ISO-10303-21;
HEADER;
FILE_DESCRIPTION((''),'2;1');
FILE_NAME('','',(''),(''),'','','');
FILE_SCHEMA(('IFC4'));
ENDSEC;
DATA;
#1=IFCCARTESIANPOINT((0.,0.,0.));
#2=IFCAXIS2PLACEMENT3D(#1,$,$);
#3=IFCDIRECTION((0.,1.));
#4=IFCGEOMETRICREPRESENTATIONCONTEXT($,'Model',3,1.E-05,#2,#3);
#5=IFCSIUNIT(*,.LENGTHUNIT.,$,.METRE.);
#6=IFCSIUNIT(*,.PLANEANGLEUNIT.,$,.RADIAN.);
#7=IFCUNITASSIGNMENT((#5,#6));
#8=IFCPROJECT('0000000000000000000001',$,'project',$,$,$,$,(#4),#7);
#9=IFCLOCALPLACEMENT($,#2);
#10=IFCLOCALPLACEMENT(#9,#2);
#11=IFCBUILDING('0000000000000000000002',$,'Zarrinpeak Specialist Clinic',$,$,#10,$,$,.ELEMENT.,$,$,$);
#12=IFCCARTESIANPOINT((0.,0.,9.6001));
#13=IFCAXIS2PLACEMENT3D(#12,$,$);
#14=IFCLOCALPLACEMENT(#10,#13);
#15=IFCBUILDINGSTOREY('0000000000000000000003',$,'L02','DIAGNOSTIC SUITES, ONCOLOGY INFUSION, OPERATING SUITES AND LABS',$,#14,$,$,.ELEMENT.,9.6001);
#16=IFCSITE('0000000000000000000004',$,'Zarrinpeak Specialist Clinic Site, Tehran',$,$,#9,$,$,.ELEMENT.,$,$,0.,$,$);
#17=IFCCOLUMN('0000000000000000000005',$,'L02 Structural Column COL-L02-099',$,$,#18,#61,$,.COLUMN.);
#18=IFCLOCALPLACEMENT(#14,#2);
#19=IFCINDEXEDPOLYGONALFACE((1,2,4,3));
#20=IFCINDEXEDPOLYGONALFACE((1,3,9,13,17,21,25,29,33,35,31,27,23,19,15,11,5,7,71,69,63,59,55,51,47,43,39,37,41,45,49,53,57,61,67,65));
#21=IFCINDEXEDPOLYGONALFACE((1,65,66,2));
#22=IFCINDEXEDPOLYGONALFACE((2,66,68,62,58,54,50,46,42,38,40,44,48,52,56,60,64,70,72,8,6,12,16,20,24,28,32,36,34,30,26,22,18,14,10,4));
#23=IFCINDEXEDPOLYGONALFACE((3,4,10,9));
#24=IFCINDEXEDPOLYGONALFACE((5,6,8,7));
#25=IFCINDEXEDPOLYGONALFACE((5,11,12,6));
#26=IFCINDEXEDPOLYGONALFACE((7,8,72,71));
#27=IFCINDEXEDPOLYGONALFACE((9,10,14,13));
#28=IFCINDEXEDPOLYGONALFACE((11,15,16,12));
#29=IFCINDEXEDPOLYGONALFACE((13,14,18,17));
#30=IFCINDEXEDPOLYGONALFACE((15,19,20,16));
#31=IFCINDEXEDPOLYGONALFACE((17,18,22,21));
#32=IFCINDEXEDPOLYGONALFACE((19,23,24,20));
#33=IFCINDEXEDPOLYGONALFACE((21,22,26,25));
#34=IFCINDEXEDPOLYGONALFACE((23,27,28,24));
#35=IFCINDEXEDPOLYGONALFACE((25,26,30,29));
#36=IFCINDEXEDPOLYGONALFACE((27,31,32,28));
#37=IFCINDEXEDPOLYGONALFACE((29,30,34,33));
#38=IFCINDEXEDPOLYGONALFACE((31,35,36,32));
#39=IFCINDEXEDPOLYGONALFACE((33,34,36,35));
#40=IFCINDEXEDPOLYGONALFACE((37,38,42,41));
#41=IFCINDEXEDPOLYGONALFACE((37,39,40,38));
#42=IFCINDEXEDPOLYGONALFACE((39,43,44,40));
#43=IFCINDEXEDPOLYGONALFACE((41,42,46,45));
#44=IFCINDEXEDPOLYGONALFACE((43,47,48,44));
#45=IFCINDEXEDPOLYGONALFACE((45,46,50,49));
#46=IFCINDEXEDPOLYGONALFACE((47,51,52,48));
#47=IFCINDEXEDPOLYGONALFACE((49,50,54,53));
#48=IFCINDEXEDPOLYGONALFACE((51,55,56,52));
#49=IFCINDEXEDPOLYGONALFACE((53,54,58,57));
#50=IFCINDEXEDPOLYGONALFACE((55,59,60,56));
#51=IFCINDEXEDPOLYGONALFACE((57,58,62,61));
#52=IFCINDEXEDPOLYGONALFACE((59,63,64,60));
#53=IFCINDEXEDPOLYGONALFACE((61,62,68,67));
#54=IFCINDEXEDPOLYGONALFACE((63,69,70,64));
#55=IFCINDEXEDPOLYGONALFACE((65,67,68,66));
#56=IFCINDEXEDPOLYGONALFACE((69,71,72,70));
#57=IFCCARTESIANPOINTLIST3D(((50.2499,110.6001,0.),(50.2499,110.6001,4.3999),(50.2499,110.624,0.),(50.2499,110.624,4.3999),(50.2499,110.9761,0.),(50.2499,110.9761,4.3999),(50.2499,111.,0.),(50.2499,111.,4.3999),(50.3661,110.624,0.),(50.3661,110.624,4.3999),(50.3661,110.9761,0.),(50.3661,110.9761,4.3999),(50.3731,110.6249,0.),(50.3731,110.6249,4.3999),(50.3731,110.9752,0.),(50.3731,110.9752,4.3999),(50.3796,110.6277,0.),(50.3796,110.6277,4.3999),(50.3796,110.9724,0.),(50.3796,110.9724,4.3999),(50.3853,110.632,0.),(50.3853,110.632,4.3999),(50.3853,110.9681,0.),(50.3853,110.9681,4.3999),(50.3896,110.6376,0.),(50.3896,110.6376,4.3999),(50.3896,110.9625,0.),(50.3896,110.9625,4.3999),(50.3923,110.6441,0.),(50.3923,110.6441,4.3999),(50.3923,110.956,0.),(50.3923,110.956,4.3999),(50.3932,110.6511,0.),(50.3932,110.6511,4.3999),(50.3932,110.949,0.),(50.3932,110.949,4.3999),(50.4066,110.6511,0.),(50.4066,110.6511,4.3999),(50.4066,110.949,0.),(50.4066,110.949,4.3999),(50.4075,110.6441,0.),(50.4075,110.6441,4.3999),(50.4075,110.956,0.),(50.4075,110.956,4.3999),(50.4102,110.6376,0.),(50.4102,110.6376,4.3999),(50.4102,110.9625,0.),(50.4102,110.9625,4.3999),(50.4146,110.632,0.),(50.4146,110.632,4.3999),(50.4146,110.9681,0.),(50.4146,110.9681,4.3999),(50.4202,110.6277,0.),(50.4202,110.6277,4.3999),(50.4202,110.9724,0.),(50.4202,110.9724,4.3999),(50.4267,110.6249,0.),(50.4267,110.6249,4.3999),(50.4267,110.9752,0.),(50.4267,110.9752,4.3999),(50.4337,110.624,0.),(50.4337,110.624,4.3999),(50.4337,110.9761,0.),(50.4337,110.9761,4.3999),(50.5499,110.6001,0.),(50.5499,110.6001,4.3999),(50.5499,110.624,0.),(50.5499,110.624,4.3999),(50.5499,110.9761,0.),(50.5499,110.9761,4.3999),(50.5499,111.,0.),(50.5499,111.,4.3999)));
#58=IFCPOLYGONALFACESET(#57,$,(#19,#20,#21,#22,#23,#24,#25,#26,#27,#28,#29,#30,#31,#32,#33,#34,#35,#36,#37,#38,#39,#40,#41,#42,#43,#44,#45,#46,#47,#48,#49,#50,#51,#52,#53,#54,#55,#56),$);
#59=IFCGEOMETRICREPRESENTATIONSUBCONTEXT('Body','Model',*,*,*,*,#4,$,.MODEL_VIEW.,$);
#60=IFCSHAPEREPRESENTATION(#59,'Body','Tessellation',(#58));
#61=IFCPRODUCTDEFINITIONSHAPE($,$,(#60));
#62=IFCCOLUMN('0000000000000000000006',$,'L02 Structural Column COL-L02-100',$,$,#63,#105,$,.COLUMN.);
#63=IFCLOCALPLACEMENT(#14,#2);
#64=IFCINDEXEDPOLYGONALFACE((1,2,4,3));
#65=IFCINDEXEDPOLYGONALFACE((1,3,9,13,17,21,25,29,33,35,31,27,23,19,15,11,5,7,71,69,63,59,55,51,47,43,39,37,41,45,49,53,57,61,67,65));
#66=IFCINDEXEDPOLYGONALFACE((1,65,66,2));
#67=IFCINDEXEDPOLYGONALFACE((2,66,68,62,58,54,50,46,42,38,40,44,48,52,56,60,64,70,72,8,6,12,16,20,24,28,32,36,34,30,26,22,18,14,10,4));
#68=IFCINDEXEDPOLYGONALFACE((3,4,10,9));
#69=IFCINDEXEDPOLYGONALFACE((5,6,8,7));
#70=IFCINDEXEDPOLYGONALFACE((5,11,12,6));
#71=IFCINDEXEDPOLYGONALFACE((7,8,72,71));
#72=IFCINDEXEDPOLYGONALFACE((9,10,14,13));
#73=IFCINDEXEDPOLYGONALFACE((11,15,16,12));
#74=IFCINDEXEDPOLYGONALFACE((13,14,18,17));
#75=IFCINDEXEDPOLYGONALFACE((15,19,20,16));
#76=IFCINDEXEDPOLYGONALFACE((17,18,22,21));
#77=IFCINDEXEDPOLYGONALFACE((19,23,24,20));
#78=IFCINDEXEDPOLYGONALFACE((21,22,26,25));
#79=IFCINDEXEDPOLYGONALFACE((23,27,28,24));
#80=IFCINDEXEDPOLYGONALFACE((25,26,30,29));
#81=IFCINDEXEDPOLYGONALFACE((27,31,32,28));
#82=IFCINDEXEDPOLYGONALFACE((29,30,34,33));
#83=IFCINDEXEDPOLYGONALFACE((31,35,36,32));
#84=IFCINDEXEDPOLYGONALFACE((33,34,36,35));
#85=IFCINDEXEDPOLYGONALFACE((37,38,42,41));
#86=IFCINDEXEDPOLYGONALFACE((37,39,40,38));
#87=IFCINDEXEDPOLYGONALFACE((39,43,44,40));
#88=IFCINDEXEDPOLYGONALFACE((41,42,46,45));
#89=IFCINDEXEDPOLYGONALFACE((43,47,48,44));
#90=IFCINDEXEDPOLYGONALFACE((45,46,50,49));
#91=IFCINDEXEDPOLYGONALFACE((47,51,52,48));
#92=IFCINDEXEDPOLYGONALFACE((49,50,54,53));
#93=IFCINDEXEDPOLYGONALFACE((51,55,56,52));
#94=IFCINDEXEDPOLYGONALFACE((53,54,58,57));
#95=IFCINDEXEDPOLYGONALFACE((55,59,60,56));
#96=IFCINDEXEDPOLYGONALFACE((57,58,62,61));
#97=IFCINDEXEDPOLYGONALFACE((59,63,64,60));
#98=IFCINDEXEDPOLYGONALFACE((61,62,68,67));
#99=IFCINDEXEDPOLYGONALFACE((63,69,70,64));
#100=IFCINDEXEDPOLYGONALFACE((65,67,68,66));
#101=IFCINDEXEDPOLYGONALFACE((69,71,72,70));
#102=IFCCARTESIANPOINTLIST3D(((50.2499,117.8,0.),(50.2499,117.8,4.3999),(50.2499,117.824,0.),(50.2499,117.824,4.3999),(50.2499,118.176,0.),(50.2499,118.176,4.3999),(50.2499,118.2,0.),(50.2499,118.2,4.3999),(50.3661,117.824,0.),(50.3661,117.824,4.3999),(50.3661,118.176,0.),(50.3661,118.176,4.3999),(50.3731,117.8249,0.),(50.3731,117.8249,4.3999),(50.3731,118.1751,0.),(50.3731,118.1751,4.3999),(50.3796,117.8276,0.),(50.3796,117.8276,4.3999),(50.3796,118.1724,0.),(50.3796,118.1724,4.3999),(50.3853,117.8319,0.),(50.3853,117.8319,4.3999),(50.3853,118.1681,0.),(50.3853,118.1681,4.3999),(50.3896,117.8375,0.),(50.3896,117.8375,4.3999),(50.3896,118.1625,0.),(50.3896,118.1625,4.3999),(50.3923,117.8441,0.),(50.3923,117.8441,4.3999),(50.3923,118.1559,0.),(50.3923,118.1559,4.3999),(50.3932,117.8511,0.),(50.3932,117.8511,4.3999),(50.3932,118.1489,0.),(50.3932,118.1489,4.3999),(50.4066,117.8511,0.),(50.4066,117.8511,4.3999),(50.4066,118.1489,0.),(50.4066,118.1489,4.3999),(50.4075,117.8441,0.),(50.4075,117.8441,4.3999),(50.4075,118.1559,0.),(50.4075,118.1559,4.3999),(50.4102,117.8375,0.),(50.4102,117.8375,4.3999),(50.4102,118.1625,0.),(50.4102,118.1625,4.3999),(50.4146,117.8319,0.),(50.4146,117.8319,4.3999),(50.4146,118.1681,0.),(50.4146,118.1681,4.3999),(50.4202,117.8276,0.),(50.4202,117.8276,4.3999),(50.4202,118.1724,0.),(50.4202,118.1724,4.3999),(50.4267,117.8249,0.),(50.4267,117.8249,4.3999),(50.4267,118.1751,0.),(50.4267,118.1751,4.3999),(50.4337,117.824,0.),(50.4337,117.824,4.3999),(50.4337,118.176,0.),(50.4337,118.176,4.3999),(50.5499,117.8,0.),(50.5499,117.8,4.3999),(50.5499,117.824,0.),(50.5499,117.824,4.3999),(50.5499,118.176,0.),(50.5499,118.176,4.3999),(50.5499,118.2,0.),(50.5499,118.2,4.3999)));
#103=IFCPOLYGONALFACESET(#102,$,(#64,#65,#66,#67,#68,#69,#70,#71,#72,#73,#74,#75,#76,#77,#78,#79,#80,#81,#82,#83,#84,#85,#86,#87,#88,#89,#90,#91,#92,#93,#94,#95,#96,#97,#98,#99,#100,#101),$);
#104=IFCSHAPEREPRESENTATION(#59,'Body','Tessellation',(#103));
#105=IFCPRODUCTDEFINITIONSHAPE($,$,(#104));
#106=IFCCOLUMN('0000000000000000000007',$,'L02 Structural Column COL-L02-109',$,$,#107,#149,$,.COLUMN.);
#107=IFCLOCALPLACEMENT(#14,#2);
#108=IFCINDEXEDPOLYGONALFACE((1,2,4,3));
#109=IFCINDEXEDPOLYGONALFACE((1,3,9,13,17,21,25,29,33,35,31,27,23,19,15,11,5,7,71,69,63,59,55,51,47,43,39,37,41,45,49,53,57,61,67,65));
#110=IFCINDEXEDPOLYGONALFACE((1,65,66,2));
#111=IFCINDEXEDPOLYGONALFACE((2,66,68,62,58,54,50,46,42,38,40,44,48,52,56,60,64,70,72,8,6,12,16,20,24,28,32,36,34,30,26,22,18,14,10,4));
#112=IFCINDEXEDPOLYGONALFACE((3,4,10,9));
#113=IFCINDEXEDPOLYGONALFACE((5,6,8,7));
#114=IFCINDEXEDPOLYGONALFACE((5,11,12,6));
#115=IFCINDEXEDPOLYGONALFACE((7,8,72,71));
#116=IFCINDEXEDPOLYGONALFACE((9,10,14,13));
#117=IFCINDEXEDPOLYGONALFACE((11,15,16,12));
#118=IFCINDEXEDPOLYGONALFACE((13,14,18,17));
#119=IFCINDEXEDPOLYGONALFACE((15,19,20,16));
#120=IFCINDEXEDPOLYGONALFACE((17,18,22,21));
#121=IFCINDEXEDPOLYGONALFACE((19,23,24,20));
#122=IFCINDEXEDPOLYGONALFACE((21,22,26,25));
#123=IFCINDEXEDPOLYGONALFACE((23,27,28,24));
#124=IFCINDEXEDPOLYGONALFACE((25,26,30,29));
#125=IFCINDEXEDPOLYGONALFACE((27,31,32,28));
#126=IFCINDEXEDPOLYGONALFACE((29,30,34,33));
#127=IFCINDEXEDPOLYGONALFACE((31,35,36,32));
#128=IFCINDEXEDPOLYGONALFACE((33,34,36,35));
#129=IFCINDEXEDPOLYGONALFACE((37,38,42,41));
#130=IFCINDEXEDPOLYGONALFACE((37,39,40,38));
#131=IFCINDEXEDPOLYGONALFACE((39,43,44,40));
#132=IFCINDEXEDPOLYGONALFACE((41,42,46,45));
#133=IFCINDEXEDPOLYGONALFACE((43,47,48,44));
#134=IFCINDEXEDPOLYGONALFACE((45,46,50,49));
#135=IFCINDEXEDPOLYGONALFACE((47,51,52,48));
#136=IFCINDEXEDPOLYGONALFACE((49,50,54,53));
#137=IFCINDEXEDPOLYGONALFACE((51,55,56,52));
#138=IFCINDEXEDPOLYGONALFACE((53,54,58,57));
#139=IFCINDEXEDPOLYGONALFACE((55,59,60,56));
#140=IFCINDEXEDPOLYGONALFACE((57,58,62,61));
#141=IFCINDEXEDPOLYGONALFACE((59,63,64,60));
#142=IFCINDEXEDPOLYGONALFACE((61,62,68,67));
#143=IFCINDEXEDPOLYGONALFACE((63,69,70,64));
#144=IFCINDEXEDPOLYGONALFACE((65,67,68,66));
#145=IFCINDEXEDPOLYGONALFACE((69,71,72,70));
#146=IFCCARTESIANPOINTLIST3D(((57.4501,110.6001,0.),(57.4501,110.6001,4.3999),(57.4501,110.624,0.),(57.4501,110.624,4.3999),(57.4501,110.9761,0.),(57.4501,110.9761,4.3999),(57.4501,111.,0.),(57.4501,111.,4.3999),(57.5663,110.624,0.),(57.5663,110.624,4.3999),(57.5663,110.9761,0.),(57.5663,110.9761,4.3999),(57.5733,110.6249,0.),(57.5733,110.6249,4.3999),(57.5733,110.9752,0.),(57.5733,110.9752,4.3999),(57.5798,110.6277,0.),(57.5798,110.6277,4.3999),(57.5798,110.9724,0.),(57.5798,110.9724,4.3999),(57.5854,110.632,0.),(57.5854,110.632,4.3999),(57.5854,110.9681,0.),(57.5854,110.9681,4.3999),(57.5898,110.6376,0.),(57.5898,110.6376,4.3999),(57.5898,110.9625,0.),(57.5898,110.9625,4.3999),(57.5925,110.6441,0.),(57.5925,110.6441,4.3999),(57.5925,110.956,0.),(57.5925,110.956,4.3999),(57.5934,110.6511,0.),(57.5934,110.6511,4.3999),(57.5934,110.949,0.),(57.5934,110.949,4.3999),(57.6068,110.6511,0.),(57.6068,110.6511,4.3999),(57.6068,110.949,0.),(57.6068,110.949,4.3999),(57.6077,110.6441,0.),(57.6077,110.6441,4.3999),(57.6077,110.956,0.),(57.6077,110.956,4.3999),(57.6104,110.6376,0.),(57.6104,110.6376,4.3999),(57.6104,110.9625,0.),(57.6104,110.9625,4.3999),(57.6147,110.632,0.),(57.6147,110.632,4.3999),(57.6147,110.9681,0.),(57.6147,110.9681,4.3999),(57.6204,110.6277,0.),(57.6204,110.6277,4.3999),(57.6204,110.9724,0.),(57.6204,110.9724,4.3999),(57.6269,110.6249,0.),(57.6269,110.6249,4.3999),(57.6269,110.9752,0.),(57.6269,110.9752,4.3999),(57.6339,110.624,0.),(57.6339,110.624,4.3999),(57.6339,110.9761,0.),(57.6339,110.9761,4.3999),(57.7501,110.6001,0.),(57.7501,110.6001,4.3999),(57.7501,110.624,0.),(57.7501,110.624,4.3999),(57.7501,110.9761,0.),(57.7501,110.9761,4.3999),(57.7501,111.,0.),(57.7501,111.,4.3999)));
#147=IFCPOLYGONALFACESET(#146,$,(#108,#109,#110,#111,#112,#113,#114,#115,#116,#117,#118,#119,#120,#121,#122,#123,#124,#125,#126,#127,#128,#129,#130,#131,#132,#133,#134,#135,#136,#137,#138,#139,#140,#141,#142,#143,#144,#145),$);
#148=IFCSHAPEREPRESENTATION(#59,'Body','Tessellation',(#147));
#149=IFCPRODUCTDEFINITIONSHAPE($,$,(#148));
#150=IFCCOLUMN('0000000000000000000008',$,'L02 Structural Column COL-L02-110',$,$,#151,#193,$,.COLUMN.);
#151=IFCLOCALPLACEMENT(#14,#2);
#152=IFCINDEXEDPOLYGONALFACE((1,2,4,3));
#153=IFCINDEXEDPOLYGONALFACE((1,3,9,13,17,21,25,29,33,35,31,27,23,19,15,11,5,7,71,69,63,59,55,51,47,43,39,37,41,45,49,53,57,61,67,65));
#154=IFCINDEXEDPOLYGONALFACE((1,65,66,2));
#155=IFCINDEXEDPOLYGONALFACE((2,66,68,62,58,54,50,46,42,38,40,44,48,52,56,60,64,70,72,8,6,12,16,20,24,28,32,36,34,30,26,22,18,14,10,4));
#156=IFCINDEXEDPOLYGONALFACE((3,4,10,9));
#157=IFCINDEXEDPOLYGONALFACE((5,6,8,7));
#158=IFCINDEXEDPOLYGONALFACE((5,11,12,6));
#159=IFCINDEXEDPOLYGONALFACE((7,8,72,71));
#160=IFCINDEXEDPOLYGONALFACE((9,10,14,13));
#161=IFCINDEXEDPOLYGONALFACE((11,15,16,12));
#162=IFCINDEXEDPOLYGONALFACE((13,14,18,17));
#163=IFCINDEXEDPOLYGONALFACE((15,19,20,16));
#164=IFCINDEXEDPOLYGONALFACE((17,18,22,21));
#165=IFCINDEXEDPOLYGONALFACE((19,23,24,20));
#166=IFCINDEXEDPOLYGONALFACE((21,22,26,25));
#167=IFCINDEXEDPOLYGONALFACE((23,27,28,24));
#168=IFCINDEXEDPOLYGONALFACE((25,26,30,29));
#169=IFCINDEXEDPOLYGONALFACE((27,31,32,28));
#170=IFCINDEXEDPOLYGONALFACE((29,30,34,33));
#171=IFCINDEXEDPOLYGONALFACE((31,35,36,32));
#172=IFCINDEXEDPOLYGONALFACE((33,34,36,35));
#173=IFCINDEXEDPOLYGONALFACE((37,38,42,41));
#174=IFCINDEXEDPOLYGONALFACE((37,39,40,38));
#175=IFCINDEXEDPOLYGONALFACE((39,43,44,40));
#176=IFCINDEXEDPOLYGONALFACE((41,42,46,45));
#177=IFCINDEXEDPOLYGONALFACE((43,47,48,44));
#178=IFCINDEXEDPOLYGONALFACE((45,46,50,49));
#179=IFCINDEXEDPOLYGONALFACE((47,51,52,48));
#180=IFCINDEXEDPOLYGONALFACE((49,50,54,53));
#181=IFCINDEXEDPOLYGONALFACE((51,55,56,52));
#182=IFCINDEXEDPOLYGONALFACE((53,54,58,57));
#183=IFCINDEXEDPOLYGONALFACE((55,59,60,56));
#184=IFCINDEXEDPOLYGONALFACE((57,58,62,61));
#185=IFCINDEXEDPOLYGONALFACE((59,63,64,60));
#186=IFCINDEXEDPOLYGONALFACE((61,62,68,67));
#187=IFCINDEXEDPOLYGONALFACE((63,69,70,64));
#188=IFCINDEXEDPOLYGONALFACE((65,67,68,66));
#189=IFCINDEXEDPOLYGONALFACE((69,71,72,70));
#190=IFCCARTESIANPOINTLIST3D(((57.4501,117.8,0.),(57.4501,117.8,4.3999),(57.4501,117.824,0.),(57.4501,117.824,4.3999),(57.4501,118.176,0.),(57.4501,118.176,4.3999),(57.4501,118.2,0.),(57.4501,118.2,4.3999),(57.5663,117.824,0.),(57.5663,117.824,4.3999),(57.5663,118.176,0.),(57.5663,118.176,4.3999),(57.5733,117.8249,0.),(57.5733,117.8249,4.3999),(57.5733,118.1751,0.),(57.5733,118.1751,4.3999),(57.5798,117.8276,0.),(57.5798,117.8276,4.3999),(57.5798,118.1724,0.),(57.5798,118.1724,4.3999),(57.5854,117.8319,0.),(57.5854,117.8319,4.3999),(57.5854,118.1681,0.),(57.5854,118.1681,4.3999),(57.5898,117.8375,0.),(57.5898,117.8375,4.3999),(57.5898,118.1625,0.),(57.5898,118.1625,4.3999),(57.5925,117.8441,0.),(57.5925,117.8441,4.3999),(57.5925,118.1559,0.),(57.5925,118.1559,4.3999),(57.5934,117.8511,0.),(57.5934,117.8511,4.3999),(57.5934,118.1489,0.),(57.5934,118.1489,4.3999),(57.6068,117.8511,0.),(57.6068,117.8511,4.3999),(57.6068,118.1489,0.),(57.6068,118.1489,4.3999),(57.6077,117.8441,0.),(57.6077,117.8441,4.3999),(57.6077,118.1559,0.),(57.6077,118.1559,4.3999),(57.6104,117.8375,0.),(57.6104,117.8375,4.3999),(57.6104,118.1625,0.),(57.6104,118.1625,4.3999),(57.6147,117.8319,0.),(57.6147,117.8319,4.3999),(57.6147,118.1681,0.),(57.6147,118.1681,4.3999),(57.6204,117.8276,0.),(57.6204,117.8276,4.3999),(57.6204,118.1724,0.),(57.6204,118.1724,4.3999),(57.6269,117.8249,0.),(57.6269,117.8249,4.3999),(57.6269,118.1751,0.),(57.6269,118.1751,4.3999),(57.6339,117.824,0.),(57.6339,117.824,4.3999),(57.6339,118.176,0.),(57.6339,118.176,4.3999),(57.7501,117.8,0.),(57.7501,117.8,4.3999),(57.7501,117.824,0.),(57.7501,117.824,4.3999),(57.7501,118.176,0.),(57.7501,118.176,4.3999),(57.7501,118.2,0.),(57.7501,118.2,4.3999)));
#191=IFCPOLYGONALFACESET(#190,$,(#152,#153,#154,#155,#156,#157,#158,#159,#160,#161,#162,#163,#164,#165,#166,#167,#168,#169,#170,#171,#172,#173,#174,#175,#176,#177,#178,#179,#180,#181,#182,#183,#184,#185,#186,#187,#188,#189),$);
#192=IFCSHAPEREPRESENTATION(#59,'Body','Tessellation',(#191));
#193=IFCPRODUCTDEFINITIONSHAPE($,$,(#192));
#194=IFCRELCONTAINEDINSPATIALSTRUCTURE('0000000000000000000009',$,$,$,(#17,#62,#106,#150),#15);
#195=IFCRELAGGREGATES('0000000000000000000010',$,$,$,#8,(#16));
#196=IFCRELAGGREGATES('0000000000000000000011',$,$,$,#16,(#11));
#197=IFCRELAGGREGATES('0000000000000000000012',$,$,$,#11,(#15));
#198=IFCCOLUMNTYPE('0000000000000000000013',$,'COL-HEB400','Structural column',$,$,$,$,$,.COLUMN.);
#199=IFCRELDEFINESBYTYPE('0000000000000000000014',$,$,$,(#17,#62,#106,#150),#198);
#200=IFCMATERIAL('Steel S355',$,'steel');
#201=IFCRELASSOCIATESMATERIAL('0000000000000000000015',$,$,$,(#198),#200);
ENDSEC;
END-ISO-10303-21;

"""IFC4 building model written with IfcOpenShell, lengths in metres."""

from ifc_helpers import new_model, si_unit, direction, frame, origin, origin_2d, place, context, subcontext, project, spatial, i_section, extrude, material, material_profile, profile_set, type_object, element, save


model = new_model("IFC4")

# Units and contexts
model_context = context("Model", 3, precision=1e-05, world=origin(), true_north=direction((0.0, 1.0)))
body_context = subcontext(model_context, "Body", "Model", "MODEL_VIEW")
ifc_project = project(units=[si_unit("LENGTHUNIT", "METRE"), si_unit("PLANEANGLEUNIT", "RADIAN")], contexts=[model_context])

# Site, building, storey
site_placement = place(None, origin())
site = spatial("IfcSite", under=ifc_project, at=site_placement, Name="Zarrinpeak Specialist Clinic Site, Tehran", CompositionType="ELEMENT", RefElevation=0.0)
building_placement = place(site_placement, origin())
building = spatial("IfcBuilding", under=site, at=building_placement, Name="Zarrinpeak Specialist Clinic", CompositionType="ELEMENT")
storey_placement = place(building_placement, frame((0.0, 0.0, 9.6001)))
storey = spatial("IfcBuildingStorey", under=building, at=storey_placement, Name="L02", Description="DIAGNOSTIC SUITES, ONCOLOGY INFUSION, OPERATING SUITES AND LABS", CompositionType="ELEMENT", Elevation=9.6001)

# Columns
ifc_material_1 = material(Name="Steel S355", Category="steel")
ifc_material_profile_1 = material_profile(ifc_material_1, i_section(OverallWidth=0.3, OverallDepth=0.3999, WebThickness=0.0134, FlangeThickness=0.0239, FilletRadius=0.0271, at=origin_2d()), Name="HEB 400")
ifc_profile_set_1 = profile_set([ifc_material_profile_1], Name="Steel S355")
column_type = type_object("IfcColumnType", Name="COL-HEB400", Description="Structural column", PredefinedType="COLUMN", material=ifc_profile_set_1)
for number, where, z_axis, x_axis, name in (
    (1, (50.3999, 110.8, 0.0), (0.0, 0.0, 1.0), (1.0, 0.0, 0.0), "L02 Structural Column COL-L02-099"),
    (2, (50.3999, 118.0, 0.0), (0.0, 0.0, 1.0), (1.0, 0.0, 0.0), "L02 Structural Column COL-L02-100"),
    (3, (57.6001, 110.8, 0.0), (0.0, 0.0, 1.0), (1.0, 0.0, 0.0), "L02 Structural Column COL-L02-109"),
    (4, (57.6001, 118.0, 0.0), (0.0, 0.0, 1.0), (1.0, 0.0, 0.0), "L02 Structural Column COL-L02-110"),
):
    element("IfcColumn", number, at=place(storey_placement, frame(where, z_axis=z_axis, x_axis=x_axis)), inside=storey, type_object=column_type, Name=name, PredefinedType="COLUMN", context=body_context, shape_type="SweptSolid", body=[
        extrude(i_section(OverallWidth=0.3, OverallDepth=0.3999, WebThickness=0.0134, FlangeThickness=0.0239, FilletRadius=0.0271, at=origin_2d()), origin(), (0.0, 0.0, 1.0), 4.3999),
    ])

save(model, "model.ifc")
